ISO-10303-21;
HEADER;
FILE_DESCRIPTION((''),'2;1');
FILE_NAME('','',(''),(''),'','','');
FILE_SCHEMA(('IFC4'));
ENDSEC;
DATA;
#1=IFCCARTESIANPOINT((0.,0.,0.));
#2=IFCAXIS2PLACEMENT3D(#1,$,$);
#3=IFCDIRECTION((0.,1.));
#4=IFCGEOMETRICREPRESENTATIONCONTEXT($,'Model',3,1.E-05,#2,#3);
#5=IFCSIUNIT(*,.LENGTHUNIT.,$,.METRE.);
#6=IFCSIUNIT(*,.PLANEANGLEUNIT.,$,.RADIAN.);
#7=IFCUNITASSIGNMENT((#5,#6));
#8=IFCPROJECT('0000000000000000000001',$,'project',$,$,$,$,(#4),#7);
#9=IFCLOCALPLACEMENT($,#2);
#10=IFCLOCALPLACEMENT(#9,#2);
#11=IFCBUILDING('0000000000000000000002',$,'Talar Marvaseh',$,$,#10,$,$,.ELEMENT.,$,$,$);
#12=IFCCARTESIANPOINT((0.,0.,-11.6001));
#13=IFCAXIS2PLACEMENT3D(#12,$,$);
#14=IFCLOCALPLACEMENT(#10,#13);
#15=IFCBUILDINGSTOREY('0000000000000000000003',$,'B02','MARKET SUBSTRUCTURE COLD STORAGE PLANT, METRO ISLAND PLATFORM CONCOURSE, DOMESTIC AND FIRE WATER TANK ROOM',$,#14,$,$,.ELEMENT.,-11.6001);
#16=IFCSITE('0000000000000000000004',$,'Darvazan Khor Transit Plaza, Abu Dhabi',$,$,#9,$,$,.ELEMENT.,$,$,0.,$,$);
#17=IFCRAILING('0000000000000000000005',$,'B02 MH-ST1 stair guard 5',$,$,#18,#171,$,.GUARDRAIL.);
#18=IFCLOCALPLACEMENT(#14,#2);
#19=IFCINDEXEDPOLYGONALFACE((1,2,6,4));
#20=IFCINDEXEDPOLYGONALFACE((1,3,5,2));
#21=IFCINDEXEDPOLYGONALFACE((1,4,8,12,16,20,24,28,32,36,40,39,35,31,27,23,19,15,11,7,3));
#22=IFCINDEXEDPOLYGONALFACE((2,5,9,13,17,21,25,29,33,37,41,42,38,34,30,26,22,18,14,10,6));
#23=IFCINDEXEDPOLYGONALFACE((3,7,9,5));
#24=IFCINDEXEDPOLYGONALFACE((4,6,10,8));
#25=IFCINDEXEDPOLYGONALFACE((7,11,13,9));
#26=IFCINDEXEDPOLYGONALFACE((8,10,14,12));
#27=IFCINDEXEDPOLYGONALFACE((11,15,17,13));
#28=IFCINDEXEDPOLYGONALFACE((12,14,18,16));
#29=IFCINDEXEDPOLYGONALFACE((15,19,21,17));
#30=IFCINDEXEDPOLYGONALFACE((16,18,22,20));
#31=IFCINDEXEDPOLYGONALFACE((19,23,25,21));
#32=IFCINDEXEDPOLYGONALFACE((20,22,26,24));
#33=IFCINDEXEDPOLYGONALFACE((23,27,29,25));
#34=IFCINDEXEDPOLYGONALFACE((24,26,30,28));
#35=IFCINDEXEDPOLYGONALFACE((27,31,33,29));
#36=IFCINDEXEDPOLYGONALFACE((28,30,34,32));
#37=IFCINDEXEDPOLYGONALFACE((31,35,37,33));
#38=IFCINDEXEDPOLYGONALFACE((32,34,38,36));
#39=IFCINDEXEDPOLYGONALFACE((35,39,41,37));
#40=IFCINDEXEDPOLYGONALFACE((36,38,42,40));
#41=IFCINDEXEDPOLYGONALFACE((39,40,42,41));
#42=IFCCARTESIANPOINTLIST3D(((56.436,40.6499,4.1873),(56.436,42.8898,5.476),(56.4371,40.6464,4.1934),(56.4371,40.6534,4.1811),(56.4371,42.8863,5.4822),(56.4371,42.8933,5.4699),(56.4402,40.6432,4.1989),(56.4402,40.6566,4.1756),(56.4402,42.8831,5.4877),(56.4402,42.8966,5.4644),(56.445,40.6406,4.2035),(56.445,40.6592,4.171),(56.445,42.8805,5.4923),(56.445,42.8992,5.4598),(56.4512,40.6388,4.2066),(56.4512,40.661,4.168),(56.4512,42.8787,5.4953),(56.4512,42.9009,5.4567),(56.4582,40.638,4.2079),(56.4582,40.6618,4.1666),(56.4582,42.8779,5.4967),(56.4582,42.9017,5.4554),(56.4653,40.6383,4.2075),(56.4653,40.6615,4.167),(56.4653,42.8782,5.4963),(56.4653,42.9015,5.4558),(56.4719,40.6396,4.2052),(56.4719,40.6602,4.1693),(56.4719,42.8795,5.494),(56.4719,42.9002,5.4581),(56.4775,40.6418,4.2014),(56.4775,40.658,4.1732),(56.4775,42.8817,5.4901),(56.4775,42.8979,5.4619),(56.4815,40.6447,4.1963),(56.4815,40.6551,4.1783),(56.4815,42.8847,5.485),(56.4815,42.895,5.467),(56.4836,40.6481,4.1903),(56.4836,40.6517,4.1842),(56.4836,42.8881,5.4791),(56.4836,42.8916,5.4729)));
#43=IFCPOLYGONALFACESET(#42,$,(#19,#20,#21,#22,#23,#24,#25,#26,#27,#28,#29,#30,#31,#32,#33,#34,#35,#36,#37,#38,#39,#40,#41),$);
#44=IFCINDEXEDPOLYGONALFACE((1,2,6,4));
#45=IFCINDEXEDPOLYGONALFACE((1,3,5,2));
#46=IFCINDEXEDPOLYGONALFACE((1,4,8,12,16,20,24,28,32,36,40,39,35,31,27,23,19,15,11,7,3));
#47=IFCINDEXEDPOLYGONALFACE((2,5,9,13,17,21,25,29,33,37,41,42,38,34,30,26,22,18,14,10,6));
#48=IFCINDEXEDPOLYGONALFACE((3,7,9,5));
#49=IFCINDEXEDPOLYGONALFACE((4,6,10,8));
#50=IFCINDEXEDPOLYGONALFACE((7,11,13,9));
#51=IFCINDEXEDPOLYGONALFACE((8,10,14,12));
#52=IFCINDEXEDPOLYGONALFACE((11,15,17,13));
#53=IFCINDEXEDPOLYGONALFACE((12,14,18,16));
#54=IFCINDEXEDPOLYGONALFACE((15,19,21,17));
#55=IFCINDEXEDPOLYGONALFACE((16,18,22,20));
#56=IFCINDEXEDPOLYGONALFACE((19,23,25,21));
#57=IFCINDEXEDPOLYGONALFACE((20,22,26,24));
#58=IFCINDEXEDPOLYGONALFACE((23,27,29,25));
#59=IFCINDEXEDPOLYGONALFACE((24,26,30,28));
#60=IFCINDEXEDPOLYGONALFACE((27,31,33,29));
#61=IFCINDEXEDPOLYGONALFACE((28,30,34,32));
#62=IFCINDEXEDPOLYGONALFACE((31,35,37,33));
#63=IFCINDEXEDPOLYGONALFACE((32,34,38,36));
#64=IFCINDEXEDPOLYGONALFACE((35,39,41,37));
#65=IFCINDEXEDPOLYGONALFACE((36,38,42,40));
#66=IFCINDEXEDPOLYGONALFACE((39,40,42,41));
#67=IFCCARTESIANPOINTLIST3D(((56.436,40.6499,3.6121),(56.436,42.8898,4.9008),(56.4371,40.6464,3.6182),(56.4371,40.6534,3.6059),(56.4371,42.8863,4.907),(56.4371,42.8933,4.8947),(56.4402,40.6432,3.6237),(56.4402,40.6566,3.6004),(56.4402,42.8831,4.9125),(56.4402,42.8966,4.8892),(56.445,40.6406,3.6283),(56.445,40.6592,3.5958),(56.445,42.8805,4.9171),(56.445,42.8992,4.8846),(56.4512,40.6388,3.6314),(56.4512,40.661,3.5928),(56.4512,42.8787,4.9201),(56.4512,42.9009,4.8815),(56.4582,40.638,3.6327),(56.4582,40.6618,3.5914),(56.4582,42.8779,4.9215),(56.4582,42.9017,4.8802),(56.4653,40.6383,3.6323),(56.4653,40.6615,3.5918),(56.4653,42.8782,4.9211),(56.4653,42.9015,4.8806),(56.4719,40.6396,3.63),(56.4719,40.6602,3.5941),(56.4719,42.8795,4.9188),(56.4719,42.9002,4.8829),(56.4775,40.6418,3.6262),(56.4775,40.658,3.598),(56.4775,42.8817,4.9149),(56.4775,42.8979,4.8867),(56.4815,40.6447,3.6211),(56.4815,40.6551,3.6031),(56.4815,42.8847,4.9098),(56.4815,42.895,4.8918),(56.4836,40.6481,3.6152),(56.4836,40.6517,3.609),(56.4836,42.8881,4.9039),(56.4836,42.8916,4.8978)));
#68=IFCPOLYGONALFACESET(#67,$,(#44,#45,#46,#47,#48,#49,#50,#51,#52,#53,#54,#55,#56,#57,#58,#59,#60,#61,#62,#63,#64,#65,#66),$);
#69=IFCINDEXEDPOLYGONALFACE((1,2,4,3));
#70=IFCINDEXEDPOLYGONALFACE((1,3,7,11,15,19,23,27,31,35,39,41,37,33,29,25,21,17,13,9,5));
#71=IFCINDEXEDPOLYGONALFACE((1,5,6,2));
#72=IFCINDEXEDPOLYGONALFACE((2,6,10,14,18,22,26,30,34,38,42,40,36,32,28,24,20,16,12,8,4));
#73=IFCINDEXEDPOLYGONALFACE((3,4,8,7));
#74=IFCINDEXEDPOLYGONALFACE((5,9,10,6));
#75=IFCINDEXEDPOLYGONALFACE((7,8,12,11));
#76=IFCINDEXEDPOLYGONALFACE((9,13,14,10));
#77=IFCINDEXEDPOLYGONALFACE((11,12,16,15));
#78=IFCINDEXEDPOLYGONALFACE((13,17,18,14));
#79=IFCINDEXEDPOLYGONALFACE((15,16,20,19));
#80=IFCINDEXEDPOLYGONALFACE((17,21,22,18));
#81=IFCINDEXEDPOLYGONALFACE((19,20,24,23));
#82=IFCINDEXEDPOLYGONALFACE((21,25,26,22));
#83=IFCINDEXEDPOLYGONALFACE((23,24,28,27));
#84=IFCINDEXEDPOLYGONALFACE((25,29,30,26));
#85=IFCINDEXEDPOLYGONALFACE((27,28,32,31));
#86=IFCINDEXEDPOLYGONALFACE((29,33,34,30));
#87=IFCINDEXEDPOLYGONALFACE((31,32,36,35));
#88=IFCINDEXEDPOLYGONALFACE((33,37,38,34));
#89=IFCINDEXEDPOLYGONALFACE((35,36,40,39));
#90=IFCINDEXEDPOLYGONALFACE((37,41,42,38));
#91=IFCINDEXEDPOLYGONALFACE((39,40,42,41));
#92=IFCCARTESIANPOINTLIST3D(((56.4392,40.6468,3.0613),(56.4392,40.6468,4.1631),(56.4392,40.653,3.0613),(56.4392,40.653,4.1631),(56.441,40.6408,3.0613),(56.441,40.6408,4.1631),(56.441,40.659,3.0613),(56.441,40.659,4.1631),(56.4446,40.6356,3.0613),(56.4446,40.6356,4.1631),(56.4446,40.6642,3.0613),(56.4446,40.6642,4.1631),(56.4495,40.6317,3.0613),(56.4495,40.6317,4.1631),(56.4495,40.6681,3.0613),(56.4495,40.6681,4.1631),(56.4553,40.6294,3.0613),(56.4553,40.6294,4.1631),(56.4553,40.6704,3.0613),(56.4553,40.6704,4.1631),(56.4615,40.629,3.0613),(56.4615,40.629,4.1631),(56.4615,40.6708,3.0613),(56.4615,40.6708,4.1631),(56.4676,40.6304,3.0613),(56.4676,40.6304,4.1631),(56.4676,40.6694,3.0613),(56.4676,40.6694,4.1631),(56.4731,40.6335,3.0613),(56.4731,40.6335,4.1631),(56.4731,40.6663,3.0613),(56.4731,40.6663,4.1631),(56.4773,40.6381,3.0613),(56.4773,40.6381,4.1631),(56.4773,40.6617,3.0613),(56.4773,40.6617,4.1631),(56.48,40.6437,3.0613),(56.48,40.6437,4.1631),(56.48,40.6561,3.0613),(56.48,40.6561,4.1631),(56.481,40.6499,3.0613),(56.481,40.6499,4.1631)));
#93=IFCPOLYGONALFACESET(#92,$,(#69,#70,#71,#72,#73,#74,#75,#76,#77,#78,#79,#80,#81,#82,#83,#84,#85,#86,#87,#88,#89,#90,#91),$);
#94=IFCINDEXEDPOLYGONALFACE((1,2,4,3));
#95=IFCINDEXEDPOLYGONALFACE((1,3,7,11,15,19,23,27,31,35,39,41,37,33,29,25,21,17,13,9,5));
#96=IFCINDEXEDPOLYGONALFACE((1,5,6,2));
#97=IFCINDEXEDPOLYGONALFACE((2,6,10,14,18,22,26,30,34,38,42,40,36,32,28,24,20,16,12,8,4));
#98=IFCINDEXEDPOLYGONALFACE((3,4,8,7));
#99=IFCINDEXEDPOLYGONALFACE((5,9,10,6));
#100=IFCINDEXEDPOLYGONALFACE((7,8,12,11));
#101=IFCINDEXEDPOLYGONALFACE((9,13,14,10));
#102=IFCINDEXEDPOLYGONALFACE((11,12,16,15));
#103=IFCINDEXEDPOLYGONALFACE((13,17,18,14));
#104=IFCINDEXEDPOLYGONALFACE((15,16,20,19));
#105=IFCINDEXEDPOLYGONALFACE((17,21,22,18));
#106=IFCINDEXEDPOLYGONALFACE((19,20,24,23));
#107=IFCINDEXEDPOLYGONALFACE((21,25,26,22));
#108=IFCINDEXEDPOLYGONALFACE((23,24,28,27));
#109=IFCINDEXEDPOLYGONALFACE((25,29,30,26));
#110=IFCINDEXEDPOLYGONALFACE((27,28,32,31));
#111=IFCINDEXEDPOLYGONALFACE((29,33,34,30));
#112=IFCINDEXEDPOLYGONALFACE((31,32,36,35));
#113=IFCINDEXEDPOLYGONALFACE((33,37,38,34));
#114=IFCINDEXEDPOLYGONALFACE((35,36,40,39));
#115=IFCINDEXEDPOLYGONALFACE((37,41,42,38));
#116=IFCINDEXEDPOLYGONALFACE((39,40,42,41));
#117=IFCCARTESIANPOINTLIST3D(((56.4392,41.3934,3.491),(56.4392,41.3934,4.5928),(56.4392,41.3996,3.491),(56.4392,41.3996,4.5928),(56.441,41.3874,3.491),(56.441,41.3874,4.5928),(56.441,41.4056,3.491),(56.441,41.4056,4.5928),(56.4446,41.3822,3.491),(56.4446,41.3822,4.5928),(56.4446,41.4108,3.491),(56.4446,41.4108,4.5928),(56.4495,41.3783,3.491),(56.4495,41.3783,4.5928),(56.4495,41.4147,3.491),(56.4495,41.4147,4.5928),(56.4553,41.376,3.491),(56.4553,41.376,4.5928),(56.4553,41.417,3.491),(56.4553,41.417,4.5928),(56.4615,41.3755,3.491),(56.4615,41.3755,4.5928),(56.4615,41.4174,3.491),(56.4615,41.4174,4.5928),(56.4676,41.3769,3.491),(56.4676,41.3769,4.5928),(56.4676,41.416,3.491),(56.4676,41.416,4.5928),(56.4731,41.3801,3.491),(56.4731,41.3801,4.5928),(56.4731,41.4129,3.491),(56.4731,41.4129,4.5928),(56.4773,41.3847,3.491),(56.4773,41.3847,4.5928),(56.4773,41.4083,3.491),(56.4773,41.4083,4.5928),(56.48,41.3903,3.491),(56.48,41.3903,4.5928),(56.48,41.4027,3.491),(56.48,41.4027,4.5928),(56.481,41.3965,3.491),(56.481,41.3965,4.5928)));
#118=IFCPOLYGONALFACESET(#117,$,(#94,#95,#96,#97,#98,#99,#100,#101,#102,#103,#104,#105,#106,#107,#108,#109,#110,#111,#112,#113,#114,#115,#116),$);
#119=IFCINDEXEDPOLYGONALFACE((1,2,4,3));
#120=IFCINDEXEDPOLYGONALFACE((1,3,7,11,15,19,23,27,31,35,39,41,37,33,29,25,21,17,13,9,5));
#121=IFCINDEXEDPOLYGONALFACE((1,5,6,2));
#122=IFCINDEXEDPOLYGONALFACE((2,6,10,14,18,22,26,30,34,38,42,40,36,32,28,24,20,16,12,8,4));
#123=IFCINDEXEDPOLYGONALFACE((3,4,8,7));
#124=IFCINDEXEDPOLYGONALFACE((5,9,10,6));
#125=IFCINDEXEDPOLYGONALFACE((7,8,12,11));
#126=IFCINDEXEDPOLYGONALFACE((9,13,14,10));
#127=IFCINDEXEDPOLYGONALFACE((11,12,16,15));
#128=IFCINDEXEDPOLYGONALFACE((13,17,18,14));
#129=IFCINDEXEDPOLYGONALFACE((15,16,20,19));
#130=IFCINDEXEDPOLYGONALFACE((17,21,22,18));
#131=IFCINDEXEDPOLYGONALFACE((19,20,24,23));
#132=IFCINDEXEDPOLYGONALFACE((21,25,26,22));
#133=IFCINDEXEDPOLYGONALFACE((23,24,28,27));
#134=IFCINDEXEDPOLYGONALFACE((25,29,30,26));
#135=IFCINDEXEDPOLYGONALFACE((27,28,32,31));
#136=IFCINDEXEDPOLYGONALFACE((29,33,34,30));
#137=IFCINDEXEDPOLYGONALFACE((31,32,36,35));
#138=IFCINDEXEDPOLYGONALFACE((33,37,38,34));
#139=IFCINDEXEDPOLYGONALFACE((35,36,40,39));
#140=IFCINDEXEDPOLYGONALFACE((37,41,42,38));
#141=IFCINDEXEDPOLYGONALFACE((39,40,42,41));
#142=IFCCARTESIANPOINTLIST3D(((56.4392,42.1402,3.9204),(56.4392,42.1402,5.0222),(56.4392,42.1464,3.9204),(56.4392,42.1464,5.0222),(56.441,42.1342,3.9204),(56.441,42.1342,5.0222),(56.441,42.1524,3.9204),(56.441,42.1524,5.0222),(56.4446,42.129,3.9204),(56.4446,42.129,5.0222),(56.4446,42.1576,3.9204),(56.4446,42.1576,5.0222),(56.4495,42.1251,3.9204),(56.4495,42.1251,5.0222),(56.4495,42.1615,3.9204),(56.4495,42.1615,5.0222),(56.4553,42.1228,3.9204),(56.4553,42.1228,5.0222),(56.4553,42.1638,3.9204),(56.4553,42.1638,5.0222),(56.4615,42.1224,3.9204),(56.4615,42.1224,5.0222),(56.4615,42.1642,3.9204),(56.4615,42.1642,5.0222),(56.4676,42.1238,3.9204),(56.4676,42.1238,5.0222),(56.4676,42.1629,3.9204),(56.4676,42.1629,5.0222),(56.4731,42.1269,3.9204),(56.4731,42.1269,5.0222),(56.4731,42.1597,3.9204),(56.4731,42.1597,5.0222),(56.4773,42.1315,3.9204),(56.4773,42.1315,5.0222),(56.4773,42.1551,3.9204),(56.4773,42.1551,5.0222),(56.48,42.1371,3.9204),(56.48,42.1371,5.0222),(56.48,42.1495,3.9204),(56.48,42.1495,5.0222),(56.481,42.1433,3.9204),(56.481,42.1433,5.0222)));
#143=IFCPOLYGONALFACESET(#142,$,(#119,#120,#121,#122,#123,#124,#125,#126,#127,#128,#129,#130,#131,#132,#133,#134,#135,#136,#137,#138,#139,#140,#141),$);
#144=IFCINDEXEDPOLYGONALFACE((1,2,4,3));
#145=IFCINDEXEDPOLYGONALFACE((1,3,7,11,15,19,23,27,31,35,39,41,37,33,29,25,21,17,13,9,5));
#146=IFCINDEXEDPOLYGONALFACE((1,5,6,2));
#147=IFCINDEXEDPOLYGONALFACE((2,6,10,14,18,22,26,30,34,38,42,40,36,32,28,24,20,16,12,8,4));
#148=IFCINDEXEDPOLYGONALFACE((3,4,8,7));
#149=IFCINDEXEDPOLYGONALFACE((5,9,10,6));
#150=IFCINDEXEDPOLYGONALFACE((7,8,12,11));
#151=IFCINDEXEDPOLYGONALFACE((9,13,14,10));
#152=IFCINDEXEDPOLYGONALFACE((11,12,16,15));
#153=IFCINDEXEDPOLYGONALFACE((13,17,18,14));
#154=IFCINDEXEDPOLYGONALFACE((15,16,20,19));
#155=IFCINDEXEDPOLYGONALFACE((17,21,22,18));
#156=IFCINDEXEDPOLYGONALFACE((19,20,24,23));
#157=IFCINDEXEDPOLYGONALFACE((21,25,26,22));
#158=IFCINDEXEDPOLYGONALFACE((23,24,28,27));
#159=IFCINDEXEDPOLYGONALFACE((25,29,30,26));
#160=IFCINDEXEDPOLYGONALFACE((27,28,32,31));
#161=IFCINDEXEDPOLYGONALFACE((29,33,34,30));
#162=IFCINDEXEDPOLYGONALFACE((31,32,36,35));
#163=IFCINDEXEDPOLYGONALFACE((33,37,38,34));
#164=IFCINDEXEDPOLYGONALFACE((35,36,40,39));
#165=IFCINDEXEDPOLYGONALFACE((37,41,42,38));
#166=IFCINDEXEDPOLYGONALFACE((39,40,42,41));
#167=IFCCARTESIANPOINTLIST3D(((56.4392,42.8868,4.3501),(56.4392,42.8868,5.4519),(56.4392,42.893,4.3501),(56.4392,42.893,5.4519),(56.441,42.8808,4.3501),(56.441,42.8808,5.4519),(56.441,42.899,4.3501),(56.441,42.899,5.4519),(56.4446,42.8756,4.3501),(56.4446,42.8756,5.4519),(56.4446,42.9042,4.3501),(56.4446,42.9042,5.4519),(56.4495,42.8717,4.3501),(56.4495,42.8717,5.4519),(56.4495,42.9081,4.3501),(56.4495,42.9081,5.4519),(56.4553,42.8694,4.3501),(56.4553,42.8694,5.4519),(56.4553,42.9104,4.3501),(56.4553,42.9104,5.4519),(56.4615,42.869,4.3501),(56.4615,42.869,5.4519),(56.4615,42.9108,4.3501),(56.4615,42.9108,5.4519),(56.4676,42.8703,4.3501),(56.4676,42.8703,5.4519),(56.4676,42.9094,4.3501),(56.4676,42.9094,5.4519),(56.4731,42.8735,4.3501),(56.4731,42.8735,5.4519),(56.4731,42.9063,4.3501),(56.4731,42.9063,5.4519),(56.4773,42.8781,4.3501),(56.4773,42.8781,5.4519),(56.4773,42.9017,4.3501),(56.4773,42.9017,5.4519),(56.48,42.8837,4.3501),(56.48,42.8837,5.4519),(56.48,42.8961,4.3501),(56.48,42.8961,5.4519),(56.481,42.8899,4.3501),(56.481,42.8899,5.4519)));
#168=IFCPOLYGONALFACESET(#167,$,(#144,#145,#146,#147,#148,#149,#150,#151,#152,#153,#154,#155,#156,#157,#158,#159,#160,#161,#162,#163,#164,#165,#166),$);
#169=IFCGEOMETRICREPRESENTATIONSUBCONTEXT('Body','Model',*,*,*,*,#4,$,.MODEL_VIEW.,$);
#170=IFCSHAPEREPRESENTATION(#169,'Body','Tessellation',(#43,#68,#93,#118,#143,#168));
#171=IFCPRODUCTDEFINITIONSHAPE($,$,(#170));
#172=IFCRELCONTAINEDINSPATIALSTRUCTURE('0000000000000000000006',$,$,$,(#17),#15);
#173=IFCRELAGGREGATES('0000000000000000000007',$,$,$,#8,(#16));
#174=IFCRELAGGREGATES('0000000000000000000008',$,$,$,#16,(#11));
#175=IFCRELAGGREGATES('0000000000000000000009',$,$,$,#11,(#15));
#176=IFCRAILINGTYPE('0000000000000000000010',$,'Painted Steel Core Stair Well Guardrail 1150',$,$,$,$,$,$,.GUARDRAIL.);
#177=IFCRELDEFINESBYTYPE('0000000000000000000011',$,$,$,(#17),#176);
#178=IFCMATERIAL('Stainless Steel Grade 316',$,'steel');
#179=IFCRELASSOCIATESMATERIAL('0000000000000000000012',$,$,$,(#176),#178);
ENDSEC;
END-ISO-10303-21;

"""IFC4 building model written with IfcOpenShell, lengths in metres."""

from ifc_helpers import new_model, si_unit, direction, frame, origin, origin_2d, place, context, subcontext, project, spatial, circle, extrude, material, type_object, element, save


model = new_model("IFC4")

# Units and contexts
model_context = context("Model", 3, precision=1e-05, world=origin(), true_north=direction((0.0, 1.0)))
body_context = subcontext(model_context, "Body", "Model", "MODEL_VIEW")
ifc_project = project(units=[si_unit("LENGTHUNIT", "METRE"), si_unit("PLANEANGLEUNIT", "RADIAN")], contexts=[model_context])

# Site, building, storey
site_placement = place(None, origin())
site = spatial("IfcSite", under=ifc_project, at=site_placement, Name="Darvazan Khor Transit Plaza, Abu Dhabi", CompositionType="ELEMENT", RefElevation=0.0)
building_placement = place(site_placement, origin())
building = spatial("IfcBuilding", under=site, at=building_placement, Name="Talar Marvaseh", CompositionType="ELEMENT")
storey_placement = place(building_placement, frame((0.0, 0.0, -11.6001)))
storey = spatial("IfcBuildingStorey", under=building, at=storey_placement, Name="B02", Description="MARKET SUBSTRUCTURE COLD STORAGE PLANT, METRO ISLAND PLATFORM CONCOURSE, DOMESTIC AND FIRE WATER TANK ROOM", CompositionType="ELEMENT", Elevation=-11.6001)

# Railing
ifc_material_1 = material(Name="Stainless Steel Grade 316", Category="steel")
railing_type_1 = type_object("IfcRailingType", Name="Painted Steel Core Stair Well Guardrail 1150", PredefinedType="GUARDRAIL", material=ifc_material_1)
railing_1_placement = place(storey_placement, frame((56.46, 40.6499, 3.0613)))
element("IfcRailing", 1, at=railing_1_placement, inside=storey, type_object=railing_type_1, Name="B02 MH-ST1 stair guard 5", PredefinedType="GUARDRAIL", context=body_context, shape_type="SweptSolid", body=[
    extrude(circle(Radius=0.0239, at=origin_2d()), frame((0.0, 0.0, 1.126), z_axis=(0.0, 0.866768, 0.498711), x_axis=(-1.0, 0.0, 0.0)), (0.0, 0.0, 1.0), 2.5842),
    extrude(circle(Radius=0.0239, at=origin_2d()), frame((0.0, 0.0, 0.5508), z_axis=(0.0, 0.866768, 0.498711), x_axis=(-1.0, 0.0, 0.0)), (0.0, 0.0, 1.0), 2.5842),
    extrude(circle(Radius=0.021, at=origin_2d()), origin(), (0.0, 0.0, 1.0), 1.1018),
    extrude(circle(Radius=0.021, at=origin_2d()), frame((0.0, 0.7466, 0.4297)), (0.0, 0.0, 1.0), 1.1018),
    extrude(circle(Radius=0.021, at=origin_2d()), frame((0.0, 1.4934, 0.8591)), (0.0, 0.0, 1.0), 1.1018),
    extrude(circle(Radius=0.021, at=origin_2d()), frame((0.0, 2.24, 1.2888)), (0.0, 0.0, 1.0), 1.1018),
])

save(model, "model.ifc")
